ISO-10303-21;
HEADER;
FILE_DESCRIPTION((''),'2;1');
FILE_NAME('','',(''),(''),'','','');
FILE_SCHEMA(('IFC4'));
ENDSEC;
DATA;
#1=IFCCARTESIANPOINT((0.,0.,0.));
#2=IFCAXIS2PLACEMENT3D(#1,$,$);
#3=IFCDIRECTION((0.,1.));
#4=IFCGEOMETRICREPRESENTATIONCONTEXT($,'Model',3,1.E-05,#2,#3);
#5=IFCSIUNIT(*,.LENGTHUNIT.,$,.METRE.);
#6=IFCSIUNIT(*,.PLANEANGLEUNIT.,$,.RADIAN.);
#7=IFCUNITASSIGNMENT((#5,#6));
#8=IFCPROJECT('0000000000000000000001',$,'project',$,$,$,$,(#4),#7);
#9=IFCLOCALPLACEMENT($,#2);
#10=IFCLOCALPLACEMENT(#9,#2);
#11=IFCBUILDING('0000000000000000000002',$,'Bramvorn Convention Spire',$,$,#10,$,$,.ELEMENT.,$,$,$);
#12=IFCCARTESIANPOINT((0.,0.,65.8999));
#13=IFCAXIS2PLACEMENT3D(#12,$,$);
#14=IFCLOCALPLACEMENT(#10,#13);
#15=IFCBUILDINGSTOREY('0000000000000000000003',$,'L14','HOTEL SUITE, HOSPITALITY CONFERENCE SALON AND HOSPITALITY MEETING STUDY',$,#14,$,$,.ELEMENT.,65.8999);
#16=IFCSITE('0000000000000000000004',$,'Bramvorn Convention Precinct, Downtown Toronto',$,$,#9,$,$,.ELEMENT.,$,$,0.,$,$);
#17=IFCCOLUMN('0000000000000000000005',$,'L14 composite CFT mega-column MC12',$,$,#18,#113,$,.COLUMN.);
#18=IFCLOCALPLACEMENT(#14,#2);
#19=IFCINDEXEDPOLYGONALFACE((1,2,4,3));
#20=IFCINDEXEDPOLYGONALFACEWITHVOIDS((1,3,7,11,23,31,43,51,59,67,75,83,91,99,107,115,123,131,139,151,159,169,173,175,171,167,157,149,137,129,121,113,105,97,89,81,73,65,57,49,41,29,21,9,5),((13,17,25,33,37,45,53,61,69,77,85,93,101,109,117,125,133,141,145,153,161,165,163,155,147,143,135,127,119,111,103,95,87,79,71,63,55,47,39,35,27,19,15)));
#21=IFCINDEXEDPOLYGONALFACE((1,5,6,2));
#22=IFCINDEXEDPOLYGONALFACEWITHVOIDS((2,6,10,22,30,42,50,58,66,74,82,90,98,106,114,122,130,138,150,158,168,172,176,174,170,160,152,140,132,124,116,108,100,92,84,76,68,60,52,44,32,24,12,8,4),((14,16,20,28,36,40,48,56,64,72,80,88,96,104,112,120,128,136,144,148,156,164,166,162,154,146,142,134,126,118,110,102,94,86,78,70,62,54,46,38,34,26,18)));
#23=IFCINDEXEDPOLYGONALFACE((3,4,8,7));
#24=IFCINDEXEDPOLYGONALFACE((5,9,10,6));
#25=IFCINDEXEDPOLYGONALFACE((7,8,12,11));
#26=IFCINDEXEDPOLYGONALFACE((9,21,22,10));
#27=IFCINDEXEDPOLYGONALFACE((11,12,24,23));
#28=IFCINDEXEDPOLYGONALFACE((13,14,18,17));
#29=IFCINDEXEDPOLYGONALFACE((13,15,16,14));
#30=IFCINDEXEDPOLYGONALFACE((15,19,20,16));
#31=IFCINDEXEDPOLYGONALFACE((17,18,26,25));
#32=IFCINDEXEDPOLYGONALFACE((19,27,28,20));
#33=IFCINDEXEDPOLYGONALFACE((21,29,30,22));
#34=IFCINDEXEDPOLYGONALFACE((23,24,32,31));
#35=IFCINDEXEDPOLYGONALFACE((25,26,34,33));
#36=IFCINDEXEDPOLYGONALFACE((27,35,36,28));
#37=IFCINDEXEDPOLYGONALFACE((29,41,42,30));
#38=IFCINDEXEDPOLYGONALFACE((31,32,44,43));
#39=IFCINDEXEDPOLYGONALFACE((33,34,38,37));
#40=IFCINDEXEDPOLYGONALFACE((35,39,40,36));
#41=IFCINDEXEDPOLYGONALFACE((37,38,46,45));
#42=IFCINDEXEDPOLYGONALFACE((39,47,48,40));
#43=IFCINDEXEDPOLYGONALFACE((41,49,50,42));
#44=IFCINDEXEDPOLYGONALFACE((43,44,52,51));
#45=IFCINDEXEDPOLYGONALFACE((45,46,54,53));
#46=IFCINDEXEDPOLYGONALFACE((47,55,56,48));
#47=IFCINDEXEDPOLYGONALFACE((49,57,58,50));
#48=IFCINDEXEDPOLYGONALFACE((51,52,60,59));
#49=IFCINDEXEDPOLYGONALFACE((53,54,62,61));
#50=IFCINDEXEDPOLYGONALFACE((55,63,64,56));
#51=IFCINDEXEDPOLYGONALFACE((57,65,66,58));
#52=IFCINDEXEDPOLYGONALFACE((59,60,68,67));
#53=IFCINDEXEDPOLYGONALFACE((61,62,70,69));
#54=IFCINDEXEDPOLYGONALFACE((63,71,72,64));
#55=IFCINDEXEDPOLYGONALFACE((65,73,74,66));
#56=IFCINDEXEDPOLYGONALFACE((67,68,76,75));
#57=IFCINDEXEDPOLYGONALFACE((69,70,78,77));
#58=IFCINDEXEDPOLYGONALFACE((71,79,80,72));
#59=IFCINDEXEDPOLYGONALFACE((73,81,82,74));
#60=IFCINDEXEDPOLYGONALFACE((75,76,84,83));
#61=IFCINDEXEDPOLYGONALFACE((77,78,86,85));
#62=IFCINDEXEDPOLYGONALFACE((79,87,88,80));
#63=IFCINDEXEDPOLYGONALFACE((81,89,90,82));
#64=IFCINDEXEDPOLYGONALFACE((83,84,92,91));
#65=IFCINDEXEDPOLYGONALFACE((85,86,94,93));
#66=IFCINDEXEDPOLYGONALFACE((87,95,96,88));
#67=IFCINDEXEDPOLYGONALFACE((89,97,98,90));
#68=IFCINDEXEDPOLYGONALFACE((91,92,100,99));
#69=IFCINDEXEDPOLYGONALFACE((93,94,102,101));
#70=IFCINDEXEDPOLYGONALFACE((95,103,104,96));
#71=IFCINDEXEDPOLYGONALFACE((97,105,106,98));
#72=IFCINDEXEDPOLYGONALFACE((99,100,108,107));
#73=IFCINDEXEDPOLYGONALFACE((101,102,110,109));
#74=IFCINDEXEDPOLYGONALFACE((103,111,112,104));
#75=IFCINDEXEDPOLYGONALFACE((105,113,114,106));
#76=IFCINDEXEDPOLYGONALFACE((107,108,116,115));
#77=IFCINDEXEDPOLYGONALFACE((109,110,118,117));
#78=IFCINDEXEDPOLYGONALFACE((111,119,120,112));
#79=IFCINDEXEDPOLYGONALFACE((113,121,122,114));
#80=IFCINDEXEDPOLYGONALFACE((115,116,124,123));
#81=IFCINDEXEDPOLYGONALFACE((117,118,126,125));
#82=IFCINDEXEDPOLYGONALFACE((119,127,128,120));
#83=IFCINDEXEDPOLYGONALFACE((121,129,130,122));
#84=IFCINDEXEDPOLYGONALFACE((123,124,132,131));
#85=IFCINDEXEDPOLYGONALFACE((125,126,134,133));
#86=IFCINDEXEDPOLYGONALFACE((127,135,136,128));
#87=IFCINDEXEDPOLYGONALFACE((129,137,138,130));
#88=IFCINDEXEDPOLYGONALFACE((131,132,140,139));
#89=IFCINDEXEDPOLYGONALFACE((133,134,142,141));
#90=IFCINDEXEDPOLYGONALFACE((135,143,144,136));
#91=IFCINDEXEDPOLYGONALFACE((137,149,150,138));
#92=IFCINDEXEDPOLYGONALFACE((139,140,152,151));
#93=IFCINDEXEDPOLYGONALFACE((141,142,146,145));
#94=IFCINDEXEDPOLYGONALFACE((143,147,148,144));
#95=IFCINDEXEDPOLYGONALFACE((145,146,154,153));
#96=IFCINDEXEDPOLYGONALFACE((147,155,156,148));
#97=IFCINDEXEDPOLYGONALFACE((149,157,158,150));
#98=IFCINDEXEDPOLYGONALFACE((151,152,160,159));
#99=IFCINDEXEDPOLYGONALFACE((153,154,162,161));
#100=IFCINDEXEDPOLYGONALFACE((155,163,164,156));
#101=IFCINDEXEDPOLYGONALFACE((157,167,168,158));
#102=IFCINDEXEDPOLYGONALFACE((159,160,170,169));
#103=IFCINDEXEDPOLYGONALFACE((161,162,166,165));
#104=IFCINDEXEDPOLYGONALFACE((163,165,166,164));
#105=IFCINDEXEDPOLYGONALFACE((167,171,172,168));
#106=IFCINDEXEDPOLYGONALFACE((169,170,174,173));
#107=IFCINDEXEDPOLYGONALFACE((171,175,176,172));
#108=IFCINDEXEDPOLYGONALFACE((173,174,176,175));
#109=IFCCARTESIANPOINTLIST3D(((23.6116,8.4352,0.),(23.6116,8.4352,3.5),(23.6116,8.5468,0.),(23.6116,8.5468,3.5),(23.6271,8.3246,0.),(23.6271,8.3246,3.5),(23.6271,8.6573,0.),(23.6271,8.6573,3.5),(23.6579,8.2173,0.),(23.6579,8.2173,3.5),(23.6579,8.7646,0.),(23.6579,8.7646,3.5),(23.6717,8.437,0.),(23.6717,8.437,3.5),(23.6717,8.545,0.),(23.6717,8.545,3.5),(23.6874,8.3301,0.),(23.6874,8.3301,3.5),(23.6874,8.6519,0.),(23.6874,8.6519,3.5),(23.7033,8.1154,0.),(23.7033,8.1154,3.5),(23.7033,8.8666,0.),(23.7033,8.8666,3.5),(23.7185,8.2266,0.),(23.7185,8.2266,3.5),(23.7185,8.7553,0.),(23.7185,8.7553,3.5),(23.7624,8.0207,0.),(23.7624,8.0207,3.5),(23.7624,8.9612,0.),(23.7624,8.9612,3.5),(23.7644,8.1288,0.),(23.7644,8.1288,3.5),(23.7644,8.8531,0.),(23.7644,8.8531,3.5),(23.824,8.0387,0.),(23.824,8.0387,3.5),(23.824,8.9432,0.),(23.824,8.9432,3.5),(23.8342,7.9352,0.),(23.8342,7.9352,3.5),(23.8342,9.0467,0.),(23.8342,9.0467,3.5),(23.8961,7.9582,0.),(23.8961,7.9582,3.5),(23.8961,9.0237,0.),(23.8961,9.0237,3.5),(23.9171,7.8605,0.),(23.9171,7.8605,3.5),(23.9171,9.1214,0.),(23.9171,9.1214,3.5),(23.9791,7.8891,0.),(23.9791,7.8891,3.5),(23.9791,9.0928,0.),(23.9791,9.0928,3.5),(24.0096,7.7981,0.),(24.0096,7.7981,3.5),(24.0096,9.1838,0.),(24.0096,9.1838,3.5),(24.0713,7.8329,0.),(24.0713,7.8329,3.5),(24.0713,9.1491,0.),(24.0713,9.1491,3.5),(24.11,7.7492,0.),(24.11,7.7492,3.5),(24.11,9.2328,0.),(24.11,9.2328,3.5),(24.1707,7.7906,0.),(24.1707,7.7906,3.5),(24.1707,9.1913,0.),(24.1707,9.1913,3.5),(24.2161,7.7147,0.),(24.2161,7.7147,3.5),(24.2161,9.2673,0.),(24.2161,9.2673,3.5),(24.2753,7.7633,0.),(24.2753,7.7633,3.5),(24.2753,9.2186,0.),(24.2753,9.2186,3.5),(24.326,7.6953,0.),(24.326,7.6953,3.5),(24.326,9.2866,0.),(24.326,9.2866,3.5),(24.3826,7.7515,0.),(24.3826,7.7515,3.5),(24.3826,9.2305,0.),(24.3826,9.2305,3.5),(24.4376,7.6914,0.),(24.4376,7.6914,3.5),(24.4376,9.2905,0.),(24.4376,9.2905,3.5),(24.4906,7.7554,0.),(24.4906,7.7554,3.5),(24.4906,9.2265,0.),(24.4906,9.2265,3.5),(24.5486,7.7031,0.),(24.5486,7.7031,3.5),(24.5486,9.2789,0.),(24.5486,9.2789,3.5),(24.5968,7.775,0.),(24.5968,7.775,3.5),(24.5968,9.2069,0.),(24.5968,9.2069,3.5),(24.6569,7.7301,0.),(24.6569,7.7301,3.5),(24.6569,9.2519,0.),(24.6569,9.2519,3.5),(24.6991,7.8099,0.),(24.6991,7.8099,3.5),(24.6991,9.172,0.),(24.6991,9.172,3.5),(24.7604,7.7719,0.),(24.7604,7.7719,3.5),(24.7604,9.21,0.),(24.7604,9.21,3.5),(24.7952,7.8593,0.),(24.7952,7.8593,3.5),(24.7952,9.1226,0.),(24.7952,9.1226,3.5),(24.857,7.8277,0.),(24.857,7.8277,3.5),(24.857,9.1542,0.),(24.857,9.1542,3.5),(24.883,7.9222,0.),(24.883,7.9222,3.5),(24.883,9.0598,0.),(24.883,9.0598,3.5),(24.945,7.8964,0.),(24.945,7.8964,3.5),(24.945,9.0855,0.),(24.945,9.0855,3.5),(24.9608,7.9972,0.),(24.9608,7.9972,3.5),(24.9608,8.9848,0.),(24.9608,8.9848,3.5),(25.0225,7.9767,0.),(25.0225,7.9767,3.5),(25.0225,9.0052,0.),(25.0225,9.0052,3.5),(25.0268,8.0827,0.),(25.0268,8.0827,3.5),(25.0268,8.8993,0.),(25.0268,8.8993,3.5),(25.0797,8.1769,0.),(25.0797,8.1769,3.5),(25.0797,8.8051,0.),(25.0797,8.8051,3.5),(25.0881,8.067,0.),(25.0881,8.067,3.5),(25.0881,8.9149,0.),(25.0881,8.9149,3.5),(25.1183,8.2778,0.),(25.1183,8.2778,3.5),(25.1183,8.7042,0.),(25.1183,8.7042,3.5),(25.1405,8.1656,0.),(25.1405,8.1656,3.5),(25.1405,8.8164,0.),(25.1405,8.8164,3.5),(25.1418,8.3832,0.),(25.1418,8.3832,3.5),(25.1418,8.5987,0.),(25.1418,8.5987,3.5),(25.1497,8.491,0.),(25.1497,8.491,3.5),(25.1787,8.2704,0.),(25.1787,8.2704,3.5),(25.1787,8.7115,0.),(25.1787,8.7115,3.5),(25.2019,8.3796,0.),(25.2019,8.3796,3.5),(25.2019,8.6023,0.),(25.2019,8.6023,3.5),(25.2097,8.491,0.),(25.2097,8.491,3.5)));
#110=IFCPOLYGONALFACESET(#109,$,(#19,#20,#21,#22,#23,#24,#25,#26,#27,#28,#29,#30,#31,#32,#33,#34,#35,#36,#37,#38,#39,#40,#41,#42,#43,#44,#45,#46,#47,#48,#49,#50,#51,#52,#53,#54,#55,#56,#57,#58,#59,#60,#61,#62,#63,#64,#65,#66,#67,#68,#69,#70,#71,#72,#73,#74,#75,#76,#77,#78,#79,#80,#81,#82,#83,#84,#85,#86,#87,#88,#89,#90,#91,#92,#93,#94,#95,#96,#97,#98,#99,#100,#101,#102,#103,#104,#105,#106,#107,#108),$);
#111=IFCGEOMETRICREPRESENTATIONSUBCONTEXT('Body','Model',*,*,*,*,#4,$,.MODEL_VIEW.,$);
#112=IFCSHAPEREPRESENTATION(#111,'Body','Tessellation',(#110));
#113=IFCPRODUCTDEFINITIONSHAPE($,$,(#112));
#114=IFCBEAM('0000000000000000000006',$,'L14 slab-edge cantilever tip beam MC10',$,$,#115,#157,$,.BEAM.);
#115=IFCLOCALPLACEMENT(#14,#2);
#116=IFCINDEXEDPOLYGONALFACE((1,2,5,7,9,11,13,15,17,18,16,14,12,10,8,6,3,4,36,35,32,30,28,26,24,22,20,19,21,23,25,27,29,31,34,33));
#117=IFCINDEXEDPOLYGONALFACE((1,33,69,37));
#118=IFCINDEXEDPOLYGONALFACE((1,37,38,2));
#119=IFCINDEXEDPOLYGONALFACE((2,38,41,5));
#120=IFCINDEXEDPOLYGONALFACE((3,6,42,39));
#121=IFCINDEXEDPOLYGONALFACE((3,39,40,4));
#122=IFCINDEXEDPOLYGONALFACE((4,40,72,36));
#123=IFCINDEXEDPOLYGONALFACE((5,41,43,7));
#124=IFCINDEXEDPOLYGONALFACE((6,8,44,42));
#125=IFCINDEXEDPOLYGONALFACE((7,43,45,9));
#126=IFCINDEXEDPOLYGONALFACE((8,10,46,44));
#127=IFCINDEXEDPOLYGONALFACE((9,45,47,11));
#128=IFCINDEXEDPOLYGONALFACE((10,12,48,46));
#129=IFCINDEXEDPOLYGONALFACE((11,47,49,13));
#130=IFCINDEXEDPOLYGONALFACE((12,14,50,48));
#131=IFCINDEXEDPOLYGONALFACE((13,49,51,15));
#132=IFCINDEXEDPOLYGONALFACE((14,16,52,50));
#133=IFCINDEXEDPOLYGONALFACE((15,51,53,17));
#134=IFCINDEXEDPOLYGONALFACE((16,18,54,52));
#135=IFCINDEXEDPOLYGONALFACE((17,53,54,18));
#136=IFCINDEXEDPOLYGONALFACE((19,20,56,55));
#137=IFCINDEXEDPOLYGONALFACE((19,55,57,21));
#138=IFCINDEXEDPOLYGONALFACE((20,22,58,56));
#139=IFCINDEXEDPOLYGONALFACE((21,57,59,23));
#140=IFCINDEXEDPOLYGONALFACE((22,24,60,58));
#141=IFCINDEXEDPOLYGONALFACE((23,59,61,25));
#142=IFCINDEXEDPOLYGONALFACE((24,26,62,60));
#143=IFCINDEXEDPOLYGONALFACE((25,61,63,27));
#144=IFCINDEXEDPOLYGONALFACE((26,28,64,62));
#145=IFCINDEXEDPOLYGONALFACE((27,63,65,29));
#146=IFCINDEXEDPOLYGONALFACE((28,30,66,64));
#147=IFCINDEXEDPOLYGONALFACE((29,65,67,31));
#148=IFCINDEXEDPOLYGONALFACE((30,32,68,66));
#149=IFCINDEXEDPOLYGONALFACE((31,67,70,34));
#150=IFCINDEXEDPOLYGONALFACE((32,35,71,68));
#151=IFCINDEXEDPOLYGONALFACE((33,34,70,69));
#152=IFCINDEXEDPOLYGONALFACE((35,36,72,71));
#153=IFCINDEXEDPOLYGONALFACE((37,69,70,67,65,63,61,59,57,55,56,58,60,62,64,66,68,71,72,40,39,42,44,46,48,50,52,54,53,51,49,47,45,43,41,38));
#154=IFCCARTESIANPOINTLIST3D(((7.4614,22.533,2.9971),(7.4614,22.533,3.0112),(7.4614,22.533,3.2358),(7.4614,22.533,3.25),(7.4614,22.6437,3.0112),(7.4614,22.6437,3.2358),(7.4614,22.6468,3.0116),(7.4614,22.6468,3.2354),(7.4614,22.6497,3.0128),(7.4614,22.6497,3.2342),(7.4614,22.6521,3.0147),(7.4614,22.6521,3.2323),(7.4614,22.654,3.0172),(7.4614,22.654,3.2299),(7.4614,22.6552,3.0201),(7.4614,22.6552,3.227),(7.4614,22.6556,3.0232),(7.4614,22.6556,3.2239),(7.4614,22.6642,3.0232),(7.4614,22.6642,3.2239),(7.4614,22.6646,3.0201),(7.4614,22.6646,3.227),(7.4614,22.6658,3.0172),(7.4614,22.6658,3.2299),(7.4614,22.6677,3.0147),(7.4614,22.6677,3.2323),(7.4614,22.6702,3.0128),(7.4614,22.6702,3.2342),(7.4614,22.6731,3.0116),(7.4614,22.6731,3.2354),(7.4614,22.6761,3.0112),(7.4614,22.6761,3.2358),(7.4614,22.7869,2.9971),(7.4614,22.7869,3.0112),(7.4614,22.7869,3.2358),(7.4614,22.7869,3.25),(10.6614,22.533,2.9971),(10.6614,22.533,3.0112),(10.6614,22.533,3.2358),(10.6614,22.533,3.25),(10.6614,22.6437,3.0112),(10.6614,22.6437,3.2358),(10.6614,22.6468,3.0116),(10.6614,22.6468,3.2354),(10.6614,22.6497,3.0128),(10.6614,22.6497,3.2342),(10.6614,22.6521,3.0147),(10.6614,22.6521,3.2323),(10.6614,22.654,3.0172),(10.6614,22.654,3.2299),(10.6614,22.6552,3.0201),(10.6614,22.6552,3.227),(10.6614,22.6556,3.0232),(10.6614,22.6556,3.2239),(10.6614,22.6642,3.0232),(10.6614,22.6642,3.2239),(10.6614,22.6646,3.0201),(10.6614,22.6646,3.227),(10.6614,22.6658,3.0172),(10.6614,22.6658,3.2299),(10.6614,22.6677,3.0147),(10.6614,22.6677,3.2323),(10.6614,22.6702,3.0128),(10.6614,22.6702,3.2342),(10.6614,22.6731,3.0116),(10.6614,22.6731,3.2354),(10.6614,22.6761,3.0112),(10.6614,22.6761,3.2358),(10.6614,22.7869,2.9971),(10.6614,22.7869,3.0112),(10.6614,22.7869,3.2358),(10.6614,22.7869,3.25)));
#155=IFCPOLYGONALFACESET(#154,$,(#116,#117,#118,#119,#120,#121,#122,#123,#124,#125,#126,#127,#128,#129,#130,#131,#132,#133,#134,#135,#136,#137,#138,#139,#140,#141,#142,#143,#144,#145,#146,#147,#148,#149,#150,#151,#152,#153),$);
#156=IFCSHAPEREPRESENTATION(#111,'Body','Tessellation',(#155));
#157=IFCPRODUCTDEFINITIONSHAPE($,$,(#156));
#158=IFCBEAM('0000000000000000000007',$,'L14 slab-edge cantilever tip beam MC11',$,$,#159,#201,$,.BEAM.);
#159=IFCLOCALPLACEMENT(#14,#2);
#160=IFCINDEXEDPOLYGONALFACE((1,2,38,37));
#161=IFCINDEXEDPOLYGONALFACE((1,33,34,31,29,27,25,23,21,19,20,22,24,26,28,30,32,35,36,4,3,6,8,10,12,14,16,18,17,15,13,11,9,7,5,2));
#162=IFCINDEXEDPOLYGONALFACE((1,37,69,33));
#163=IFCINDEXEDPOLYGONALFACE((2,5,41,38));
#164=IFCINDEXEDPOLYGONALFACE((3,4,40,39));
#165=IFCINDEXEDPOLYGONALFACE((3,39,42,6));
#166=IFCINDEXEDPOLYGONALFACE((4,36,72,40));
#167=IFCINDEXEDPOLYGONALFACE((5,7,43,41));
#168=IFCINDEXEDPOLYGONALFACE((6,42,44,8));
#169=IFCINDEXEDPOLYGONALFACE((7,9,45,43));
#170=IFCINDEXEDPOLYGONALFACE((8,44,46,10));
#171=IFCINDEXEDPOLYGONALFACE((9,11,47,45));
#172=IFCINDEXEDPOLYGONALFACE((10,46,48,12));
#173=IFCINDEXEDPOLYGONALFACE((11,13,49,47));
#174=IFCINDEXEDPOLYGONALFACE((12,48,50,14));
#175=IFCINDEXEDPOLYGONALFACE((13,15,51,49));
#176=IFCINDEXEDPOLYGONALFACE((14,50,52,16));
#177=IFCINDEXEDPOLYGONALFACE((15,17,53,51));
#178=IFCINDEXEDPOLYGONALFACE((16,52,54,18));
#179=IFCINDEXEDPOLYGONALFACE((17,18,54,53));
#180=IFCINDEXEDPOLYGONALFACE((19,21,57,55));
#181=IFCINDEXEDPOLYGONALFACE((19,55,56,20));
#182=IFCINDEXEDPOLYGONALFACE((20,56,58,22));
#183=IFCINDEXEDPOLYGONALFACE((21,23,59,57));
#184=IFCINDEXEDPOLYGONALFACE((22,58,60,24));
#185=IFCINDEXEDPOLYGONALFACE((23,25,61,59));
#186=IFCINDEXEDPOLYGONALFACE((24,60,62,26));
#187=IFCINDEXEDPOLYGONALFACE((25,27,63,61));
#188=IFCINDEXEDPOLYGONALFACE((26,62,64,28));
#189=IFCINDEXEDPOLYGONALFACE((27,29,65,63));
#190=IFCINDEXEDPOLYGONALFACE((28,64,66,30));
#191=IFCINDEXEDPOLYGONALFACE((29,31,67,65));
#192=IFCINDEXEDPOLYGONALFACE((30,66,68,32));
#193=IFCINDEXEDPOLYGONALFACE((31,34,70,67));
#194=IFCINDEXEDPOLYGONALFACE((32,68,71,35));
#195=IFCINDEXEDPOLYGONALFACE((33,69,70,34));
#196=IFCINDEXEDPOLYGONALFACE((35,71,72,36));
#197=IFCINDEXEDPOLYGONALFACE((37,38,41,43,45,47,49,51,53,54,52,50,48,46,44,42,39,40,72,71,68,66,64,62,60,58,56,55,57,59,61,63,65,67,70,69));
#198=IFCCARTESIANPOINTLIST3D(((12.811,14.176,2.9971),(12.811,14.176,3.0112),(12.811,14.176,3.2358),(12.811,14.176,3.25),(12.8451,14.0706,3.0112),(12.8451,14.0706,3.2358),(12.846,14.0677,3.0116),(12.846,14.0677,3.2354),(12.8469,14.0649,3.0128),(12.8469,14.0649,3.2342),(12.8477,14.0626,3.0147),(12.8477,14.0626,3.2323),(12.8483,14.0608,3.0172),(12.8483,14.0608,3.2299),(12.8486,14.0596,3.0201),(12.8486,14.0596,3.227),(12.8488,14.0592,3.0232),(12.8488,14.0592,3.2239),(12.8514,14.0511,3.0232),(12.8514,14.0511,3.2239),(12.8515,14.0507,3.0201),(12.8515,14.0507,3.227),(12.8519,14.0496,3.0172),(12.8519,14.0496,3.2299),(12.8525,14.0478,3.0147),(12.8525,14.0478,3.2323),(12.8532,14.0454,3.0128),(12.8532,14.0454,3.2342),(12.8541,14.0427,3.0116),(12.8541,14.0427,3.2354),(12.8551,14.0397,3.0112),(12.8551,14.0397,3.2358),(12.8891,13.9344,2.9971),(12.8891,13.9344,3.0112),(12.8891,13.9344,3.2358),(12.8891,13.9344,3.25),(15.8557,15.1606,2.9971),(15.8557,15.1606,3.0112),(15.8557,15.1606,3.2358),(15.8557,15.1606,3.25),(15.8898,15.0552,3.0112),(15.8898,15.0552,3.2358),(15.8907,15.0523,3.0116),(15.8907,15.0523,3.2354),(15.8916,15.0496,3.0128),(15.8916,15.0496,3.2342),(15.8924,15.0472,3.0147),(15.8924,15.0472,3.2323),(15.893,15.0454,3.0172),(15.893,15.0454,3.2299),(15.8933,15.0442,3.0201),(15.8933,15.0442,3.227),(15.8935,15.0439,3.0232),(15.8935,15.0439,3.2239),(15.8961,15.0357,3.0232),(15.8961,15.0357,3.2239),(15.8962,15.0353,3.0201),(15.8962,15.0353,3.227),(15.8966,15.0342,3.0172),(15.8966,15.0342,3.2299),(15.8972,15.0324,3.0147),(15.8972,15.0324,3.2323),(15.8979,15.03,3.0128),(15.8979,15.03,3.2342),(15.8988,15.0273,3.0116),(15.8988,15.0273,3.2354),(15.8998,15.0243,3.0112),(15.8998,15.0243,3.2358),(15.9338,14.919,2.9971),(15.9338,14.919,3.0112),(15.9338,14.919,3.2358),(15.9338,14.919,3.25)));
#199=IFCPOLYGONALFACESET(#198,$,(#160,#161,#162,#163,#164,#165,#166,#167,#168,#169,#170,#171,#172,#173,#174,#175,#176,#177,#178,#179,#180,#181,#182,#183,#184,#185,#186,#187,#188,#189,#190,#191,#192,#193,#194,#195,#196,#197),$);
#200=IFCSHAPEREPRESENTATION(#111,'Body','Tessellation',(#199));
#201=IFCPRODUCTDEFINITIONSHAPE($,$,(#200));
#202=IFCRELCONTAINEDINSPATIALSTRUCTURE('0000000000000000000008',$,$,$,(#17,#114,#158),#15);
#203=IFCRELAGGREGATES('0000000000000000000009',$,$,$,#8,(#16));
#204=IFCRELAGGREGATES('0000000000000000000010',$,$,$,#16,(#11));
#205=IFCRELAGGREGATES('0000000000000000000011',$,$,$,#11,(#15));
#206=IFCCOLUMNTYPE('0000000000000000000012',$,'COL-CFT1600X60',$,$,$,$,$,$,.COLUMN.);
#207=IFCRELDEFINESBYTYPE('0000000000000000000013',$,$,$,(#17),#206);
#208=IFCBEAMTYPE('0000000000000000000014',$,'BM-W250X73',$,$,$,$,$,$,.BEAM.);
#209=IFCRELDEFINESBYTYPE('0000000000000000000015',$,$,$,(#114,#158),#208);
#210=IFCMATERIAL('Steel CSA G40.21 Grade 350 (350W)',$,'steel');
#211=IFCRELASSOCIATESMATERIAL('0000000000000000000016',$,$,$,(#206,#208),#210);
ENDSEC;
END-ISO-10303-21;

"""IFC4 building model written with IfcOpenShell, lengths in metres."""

from ifc_helpers import new_model, si_unit, direction, frame, origin, origin_2d, place, context, subcontext, project, spatial, hollow_circle, i_section, extrude, material, material_profile, profile_set, type_object, element, save


model = new_model("IFC4")

# Units and contexts
model_context = context("Model", 3, precision=1e-05, world=origin(), true_north=direction((0.0, 1.0)))
body_context = subcontext(model_context, "Body", "Model", "MODEL_VIEW")
ifc_project = project(units=[si_unit("LENGTHUNIT", "METRE"), si_unit("PLANEANGLEUNIT", "RADIAN")], contexts=[model_context])

# Site, building, storey
site_placement = place(None, origin())
site = spatial("IfcSite", under=ifc_project, at=site_placement, Name="Bramvorn Convention Precinct, Downtown Toronto", CompositionType="ELEMENT", RefElevation=0.0)
building_placement = place(site_placement, origin())
building = spatial("IfcBuilding", under=site, at=building_placement, Name="Bramvorn Convention Spire", CompositionType="ELEMENT")
storey_placement = place(building_placement, frame((0.0, 0.0, 65.8999)))
storey = spatial("IfcBuildingStorey", under=building, at=storey_placement, Name="L14", Description="HOTEL SUITE, HOSPITALITY CONFERENCE SALON AND HOSPITALITY MEETING STUDY", CompositionType="ELEMENT", Elevation=65.8999)

# Column
ifc_material_1 = material(Name="Steel CSA G40.21 Grade 350 (350W)", Category="steel")
ifc_material_profile_1 = material_profile(ifc_material_1, hollow_circle(Radius=0.8, WallThickness=0.0601, at=origin_2d()))
ifc_profile_set_1 = profile_set([ifc_material_profile_1], Name="Steel CSA G40.21 Grade 350 (350W) - CFT1600X60")
column_type = type_object("IfcColumnType", Name="COL-CFT1600X60", PredefinedType="COLUMN", material=ifc_profile_set_1)
for number, where, z_axis, x_axis, name in (
    (1, (24.4097, 8.491, 0.0), (0.0, 0.0, 1.0), (1.0, 0.0, 0.0), "L14 composite CFT mega-column MC12"),
):
    element("IfcColumn", number, at=place(storey_placement, frame(where, z_axis=z_axis, x_axis=x_axis)), inside=storey, type_object=column_type, Name=name, PredefinedType="COLUMN", context=body_context, shape_type="SweptSolid", body=[
        extrude(hollow_circle(Radius=0.8, WallThickness=0.0601, at=origin_2d()), origin(), (0.0, 0.0, 1.0), 3.5),
    ])

# Beams
ifc_material_profile_2 = material_profile(ifc_material_1, i_section(OverallWidth=0.2539, OverallDepth=0.2529, WebThickness=0.0085, FlangeThickness=0.0142, FilletRadius=0.012, at=origin_2d()))
ifc_profile_set_2 = profile_set([ifc_material_profile_2], Name="Steel CSA G40.21 Grade 350 (350W) - W250X73")
beam_type_1 = type_object("IfcBeamType", Name="BM-W250X73", PredefinedType="BEAM", material=ifc_profile_set_2)
for number, where, z_axis, x_axis, name in (
    (2, (10.6614, 22.6599, 3.1235), (-1.0, 0.0, 0.0), (0.0, -1.0, 0.0), "L14 slab-edge cantilever tip beam MC10"),
    (3, (15.8948, 15.0398, 3.1235), (-0.951483, -0.3077, 0.0), (0.3077, -0.951483, 0.0), "L14 slab-edge cantilever tip beam MC11"),
):
    element("IfcBeam", number, at=place(storey_placement, frame(where, z_axis=z_axis, x_axis=x_axis)), inside=storey, type_object=beam_type_1, Name=name, PredefinedType="BEAM", context=body_context, shape_type="SweptSolid", body=[
        extrude(i_section(OverallWidth=0.2539, OverallDepth=0.2529, WebThickness=0.0085, FlangeThickness=0.0142, FilletRadius=0.012, at=origin_2d()), origin(), (0.0, 0.0, 1.0), 3.2),
    ])

save(model, "model.ifc")
